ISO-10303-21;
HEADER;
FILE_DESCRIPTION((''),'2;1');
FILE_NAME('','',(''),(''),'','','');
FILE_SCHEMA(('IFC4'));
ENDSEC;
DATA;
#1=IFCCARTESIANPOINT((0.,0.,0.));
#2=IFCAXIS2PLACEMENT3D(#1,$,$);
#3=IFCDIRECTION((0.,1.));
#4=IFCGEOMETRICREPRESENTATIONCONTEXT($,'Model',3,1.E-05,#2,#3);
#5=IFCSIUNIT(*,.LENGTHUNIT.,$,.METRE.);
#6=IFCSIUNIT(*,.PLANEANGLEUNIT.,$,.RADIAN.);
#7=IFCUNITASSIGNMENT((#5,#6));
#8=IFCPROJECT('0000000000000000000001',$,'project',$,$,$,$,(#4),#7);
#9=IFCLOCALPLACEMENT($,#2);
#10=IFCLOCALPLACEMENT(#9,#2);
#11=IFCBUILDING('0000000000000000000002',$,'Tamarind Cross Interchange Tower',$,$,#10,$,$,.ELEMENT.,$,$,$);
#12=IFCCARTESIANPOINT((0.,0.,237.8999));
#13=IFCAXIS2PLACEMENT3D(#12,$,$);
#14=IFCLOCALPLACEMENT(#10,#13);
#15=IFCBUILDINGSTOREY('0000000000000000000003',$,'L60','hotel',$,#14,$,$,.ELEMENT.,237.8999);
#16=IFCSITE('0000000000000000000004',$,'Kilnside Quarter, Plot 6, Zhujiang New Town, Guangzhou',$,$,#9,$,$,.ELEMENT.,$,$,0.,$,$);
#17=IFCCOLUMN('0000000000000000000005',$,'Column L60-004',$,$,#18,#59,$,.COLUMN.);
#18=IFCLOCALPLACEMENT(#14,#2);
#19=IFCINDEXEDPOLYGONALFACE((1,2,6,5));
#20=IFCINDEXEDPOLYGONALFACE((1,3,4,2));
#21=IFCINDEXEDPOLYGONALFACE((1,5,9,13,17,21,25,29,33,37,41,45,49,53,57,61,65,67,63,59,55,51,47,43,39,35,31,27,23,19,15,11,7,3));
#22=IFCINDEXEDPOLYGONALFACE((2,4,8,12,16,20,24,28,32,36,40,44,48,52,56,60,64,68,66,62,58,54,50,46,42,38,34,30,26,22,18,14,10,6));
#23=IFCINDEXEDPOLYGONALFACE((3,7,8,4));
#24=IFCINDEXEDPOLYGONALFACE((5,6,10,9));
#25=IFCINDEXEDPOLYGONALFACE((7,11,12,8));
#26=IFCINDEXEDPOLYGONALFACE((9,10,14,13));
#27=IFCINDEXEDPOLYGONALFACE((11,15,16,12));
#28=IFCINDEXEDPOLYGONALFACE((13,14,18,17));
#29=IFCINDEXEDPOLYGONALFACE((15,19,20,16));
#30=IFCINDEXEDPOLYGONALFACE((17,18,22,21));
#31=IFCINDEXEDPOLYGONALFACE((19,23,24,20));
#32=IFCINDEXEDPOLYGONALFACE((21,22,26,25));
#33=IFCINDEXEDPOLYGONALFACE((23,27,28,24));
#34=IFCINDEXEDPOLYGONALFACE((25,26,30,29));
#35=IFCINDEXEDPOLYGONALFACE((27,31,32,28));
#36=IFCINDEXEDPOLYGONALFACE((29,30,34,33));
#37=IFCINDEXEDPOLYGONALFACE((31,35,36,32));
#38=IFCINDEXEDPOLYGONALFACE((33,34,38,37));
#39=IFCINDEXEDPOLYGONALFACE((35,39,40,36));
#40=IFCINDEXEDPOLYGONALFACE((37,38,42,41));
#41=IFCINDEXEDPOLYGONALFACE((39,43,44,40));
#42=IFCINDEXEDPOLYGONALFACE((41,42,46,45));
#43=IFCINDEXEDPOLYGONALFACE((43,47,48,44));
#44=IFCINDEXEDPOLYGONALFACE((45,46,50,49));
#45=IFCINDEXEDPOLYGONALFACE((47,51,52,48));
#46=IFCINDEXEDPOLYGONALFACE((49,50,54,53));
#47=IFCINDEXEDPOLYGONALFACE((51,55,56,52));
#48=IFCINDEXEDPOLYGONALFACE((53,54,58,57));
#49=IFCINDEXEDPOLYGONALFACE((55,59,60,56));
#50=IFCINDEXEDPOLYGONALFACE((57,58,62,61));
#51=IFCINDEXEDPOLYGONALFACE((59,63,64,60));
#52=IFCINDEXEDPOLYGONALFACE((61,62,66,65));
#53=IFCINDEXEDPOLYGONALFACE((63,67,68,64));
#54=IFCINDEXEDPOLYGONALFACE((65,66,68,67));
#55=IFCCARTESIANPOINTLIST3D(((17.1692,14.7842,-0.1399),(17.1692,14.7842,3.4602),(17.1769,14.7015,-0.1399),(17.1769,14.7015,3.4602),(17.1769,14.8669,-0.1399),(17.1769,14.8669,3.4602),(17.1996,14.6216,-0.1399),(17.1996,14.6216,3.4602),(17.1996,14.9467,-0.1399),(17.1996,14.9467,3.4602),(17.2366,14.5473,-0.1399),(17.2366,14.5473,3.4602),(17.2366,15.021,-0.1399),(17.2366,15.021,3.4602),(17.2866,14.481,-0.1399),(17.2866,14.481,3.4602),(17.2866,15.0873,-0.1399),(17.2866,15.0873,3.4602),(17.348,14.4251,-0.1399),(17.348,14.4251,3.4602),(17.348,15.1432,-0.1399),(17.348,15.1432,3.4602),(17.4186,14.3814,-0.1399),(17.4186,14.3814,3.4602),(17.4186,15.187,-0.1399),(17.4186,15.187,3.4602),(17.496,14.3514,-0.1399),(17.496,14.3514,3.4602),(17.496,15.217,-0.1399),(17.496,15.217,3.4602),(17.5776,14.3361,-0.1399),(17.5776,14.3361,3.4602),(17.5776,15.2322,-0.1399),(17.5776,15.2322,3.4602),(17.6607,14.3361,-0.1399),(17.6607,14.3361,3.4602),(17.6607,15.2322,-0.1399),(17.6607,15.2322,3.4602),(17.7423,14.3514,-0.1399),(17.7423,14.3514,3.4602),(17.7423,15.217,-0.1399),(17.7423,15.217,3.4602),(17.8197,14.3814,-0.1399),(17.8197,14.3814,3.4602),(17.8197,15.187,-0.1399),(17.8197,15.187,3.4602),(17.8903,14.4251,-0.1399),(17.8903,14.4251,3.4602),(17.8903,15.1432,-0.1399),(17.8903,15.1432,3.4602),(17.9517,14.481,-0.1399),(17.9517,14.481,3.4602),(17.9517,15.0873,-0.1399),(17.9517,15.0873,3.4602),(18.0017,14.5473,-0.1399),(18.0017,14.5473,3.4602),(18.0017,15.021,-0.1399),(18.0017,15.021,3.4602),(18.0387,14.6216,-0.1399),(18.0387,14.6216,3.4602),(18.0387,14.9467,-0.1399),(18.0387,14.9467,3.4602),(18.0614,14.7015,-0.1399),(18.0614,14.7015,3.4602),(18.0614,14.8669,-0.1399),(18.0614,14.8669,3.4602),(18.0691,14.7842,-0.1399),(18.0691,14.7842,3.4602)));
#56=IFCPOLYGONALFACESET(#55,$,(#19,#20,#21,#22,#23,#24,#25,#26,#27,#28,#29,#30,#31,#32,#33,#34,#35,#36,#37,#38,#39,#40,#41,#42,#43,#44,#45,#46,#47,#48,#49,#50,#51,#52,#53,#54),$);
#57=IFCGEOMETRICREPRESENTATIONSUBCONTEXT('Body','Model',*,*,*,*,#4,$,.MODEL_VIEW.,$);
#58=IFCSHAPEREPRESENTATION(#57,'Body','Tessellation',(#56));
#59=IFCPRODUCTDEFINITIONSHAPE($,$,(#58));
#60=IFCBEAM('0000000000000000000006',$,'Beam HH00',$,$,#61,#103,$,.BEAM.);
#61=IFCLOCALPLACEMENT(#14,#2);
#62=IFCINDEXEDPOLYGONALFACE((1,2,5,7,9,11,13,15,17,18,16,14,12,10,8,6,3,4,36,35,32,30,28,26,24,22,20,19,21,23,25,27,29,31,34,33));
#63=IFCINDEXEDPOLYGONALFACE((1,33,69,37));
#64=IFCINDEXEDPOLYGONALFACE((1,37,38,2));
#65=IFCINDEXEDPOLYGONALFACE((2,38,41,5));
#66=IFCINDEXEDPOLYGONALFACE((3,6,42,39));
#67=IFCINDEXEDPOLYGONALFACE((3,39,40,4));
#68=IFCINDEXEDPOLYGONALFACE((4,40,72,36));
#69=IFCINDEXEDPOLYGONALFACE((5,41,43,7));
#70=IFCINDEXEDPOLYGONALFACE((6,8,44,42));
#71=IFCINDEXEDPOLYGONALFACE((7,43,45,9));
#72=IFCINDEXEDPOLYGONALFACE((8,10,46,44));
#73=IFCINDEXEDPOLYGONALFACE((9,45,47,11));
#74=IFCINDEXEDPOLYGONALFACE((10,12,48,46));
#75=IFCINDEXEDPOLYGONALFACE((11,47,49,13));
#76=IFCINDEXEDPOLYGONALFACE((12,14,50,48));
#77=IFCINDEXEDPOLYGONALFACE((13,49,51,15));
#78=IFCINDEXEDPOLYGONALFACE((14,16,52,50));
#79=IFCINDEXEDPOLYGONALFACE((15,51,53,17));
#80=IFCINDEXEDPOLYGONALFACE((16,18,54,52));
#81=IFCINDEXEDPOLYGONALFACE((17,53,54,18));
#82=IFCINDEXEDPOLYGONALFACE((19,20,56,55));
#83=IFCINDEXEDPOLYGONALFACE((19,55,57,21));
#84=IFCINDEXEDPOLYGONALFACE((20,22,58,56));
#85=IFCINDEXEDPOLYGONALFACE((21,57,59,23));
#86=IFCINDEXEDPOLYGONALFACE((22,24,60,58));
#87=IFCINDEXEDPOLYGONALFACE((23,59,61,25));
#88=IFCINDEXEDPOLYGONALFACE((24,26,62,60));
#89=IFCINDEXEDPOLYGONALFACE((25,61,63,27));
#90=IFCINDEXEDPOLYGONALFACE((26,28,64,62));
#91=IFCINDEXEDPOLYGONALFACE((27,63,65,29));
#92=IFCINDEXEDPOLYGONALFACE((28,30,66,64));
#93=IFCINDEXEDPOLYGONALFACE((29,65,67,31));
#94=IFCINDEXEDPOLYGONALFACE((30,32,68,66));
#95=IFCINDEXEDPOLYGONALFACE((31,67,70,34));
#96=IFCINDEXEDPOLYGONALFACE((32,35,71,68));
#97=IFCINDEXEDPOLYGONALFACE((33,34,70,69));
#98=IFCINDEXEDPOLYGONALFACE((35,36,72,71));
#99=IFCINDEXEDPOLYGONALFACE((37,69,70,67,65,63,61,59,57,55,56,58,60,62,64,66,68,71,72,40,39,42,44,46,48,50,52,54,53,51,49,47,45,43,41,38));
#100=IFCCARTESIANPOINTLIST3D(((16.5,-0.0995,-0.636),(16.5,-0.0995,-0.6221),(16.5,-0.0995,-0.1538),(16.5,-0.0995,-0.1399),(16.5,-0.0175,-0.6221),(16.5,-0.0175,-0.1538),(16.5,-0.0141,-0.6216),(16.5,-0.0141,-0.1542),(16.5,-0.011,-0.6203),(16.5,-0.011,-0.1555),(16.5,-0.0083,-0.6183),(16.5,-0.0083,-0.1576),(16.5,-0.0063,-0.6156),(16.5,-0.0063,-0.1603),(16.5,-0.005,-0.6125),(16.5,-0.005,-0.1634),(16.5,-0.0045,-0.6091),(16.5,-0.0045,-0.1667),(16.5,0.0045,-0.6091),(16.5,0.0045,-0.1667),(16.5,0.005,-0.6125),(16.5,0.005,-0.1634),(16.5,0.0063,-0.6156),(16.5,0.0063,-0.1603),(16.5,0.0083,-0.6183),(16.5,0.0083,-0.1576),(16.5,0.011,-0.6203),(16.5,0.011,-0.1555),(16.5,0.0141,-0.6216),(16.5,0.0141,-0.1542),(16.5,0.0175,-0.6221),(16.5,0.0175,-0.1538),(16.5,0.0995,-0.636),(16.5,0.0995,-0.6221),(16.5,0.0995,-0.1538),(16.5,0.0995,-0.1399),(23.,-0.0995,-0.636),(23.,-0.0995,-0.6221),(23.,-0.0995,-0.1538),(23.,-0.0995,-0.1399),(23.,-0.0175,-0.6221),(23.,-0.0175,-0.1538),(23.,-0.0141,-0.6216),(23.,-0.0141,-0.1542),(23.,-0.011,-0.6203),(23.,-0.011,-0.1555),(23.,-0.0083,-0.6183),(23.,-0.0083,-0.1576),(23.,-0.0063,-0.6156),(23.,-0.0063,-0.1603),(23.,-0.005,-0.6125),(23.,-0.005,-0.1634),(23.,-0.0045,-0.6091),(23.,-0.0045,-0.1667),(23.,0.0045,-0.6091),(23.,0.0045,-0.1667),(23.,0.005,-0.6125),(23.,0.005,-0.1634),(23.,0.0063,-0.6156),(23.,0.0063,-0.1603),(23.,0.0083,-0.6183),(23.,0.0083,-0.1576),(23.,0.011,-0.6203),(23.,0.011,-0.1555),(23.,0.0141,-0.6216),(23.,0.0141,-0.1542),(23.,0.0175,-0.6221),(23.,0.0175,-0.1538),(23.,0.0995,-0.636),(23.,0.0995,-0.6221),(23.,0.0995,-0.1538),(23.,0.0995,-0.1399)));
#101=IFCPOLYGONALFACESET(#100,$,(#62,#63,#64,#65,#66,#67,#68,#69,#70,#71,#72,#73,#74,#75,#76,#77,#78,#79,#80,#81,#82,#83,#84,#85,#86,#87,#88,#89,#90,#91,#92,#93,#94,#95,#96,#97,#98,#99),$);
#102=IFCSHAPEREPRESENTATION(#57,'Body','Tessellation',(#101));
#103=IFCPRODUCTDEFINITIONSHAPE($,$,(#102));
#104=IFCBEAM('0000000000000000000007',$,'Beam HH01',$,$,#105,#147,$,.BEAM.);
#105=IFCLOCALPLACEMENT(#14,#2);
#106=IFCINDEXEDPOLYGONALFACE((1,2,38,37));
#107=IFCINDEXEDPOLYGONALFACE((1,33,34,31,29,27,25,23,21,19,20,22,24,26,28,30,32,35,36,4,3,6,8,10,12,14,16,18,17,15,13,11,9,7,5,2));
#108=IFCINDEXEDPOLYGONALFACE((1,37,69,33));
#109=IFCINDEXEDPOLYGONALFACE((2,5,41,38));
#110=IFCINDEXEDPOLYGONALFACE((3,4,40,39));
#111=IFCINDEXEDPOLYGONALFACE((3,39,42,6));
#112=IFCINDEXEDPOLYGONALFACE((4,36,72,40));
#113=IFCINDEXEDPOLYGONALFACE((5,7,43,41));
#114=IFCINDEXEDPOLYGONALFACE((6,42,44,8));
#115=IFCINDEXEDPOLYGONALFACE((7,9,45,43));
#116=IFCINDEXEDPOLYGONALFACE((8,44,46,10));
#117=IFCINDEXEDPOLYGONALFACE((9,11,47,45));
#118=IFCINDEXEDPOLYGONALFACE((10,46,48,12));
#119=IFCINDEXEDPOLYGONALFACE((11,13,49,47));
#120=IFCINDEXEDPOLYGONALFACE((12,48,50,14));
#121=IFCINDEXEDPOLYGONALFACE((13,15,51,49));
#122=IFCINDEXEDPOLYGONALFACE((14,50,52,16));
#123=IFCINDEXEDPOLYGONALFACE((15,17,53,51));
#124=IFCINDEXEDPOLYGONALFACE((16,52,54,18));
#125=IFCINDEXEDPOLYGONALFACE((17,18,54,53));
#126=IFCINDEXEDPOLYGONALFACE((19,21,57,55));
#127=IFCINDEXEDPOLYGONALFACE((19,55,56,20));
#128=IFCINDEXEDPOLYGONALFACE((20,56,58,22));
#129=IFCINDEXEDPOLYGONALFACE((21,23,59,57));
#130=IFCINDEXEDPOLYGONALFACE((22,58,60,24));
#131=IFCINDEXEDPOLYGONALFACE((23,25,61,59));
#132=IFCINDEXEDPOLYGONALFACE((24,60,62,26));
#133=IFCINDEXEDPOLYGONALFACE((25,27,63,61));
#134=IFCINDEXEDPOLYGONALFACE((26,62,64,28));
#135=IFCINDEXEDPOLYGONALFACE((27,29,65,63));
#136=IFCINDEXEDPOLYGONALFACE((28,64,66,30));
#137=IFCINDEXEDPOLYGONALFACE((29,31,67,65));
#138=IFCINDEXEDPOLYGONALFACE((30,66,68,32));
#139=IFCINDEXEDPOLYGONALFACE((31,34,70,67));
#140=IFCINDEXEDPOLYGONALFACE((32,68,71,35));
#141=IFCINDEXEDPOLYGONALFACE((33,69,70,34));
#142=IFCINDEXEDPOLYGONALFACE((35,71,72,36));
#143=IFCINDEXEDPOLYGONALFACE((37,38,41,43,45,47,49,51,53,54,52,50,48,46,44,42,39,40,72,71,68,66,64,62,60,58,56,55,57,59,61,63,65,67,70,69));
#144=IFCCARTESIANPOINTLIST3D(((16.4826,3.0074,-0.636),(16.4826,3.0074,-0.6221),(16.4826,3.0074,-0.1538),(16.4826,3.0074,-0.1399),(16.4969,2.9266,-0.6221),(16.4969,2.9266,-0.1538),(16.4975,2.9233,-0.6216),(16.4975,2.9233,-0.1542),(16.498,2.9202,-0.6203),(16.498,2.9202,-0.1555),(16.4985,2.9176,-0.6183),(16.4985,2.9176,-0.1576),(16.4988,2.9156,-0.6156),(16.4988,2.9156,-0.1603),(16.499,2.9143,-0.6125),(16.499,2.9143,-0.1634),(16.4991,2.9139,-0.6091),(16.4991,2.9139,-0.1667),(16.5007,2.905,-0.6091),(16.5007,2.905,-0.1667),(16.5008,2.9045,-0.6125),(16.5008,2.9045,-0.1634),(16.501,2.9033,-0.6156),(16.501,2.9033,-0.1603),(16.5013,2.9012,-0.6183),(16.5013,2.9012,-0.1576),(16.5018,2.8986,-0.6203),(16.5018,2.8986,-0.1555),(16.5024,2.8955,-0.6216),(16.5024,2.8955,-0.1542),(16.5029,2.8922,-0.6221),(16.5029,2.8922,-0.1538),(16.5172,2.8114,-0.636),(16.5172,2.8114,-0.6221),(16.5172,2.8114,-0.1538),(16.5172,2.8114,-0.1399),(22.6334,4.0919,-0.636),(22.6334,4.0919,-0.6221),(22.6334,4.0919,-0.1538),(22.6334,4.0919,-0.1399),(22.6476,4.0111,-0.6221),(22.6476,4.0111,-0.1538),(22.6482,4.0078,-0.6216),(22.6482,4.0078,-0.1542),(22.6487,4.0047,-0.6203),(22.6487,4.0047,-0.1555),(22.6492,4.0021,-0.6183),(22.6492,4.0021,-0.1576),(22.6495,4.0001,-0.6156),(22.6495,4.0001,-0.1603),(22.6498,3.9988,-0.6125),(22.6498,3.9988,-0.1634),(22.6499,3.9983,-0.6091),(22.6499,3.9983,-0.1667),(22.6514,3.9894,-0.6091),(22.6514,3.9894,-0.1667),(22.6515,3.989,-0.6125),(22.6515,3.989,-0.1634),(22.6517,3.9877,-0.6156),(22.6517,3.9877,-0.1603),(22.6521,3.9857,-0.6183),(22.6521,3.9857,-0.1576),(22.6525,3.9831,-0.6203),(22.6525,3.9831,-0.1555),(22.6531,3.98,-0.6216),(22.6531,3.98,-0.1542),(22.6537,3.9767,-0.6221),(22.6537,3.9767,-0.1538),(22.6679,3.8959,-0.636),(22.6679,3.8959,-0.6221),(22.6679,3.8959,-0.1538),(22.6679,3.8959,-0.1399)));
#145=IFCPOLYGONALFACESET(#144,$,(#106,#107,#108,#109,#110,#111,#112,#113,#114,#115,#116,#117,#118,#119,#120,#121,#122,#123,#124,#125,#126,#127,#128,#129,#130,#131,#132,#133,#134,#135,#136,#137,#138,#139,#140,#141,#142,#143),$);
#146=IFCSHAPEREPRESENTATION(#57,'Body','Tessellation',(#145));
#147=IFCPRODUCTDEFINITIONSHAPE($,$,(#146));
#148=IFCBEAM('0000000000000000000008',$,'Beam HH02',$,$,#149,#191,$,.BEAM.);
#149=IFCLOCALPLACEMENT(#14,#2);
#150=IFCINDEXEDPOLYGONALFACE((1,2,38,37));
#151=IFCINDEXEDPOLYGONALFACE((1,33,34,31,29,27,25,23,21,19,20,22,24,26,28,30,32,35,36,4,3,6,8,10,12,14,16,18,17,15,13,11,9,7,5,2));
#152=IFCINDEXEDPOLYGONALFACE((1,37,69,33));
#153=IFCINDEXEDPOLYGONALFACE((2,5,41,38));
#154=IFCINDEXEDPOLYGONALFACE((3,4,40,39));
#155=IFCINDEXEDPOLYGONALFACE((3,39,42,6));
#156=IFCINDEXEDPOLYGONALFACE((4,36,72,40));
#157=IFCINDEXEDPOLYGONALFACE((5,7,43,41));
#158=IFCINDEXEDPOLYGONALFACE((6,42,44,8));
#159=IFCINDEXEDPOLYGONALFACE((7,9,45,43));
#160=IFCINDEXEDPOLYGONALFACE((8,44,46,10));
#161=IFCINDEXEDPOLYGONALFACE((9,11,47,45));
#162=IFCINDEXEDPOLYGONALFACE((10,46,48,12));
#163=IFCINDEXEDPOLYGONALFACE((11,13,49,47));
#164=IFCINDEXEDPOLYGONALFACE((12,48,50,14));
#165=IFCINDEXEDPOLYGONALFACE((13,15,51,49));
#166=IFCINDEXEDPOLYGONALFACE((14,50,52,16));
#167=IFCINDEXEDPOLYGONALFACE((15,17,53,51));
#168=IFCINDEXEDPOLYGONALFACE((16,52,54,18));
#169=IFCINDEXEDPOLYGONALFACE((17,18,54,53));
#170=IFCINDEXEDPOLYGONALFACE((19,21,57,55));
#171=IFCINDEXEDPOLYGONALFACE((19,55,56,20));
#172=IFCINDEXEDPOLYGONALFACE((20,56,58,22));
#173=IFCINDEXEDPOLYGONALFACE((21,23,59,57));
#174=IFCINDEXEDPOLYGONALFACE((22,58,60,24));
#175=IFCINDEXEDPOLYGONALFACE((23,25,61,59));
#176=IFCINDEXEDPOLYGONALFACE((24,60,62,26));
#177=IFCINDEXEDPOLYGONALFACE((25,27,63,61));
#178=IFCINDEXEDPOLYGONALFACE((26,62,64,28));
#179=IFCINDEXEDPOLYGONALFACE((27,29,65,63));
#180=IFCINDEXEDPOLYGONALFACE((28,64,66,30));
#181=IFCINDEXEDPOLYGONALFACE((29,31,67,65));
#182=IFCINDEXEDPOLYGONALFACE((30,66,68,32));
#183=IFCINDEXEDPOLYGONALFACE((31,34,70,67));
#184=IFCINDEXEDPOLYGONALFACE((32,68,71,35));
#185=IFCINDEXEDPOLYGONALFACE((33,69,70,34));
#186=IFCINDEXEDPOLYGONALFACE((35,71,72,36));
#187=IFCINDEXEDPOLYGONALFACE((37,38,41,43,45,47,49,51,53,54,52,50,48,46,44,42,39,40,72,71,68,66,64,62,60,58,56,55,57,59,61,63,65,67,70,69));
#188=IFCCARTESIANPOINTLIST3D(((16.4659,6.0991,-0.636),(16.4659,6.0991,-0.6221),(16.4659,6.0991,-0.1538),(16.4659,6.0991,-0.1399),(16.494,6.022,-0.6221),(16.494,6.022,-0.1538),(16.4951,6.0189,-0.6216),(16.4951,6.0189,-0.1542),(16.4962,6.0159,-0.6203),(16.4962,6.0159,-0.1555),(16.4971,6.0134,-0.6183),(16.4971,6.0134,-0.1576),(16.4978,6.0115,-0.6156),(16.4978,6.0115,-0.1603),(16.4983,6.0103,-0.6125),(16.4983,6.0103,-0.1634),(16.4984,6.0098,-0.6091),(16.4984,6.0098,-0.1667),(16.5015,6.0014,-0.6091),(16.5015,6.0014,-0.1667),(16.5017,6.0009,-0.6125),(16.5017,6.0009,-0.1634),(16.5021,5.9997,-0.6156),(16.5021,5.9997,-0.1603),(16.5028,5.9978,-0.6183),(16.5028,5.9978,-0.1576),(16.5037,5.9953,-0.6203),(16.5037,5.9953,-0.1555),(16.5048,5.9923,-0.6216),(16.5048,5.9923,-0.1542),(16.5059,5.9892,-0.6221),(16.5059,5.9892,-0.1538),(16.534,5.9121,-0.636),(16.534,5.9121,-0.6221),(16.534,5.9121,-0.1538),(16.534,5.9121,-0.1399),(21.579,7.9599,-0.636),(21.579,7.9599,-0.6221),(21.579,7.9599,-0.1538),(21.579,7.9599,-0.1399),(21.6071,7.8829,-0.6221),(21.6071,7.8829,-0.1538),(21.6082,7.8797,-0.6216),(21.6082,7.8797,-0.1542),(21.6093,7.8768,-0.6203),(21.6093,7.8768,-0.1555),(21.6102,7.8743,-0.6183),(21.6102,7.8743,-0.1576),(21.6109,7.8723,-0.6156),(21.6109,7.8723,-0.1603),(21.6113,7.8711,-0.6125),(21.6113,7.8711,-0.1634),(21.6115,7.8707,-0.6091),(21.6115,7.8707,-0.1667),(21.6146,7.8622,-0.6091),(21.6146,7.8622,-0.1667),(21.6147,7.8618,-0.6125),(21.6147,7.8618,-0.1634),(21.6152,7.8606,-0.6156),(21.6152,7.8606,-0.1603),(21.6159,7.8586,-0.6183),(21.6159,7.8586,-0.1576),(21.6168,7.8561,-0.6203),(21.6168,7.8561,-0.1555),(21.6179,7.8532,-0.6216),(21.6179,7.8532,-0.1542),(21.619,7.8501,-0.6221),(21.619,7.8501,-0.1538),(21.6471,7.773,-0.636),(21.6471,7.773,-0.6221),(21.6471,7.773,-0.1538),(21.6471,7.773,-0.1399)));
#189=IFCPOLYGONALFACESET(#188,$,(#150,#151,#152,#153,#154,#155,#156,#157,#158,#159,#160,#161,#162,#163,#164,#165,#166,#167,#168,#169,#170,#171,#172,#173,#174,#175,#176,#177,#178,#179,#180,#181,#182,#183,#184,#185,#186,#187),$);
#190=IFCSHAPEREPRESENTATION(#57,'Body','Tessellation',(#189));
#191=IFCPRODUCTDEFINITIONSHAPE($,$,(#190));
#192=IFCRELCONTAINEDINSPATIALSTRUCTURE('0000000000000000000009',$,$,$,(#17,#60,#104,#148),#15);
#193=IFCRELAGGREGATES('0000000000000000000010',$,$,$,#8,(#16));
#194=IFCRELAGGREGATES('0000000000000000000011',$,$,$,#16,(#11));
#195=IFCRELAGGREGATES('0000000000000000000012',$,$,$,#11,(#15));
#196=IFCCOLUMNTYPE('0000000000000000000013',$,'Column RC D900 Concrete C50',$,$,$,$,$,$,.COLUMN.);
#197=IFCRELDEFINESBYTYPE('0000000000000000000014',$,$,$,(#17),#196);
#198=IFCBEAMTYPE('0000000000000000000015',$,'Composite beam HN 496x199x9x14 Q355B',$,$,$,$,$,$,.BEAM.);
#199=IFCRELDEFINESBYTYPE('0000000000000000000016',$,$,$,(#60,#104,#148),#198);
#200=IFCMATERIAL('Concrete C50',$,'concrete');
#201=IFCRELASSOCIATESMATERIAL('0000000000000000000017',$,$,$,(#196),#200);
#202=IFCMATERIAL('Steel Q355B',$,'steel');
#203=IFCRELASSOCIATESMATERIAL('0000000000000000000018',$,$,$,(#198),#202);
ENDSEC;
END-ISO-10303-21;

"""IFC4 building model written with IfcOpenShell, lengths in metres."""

from ifc_helpers import new_model, si_unit, direction, frame, origin, origin_2d, place, context, subcontext, project, spatial, circle, i_section, extrude, material, material_profile, profile_set, type_object, element, save


model = new_model("IFC4")

# Units and contexts
model_context = context("Model", 3, precision=1e-05, world=origin(), true_north=direction((0.0, 1.0)))
body_context = subcontext(model_context, "Body", "Model", "MODEL_VIEW")
ifc_project = project(units=[si_unit("LENGTHUNIT", "METRE"), si_unit("PLANEANGLEUNIT", "RADIAN")], contexts=[model_context])

# Site, building, storey
site_placement = place(None, origin())
site = spatial("IfcSite", under=ifc_project, at=site_placement, Name="Kilnside Quarter, Plot 6, Zhujiang New Town, Guangzhou", CompositionType="ELEMENT", RefElevation=0.0)
building_placement = place(site_placement, origin())
building = spatial("IfcBuilding", under=site, at=building_placement, Name="Tamarind Cross Interchange Tower", CompositionType="ELEMENT")
storey_placement = place(building_placement, frame((0.0, 0.0, 237.8999)))
storey = spatial("IfcBuildingStorey", under=building, at=storey_placement, Name="L60", Description="hotel", CompositionType="ELEMENT", Elevation=237.8999)

# Column
ifc_material_1 = material(Name="Concrete C50", Category="concrete")
ifc_material_profile_1 = material_profile(ifc_material_1, circle(Radius=0.45, at=origin_2d()), Name="RC D900")
ifc_profile_set_1 = profile_set([ifc_material_profile_1], Name="Concrete C50")
column_type = type_object("IfcColumnType", Name="Column RC D900 Concrete C50", PredefinedType="COLUMN", material=ifc_profile_set_1)
for number, where, z_axis, x_axis, name in (
    (1, (17.6191, 14.7842, -0.1399), (0.0, 0.0, 1.0), (1.0, 0.0, 0.0), "Column L60-004"),
):
    element("IfcColumn", number, at=place(storey_placement, frame(where, z_axis=z_axis, x_axis=x_axis)), inside=storey, type_object=column_type, Name=name, PredefinedType="COLUMN", context=body_context, shape_type="SweptSolid", body=[
        extrude(circle(Radius=0.45, at=origin_2d()), origin(), (0.0, 0.0, 1.0), 3.6001),
    ])

# Beams
ifc_material_2 = material(Name="Steel Q355B", Category="steel")
ifc_material_profile_2 = material_profile(ifc_material_2, i_section(OverallWidth=0.199, OverallDepth=0.4961, WebThickness=0.009, FlangeThickness=0.0139, FilletRadius=0.0129, at=origin_2d()), Name="HN 496x199x9x14")
ifc_profile_set_2 = profile_set([ifc_material_profile_2], Name="Steel Q355B")
beam_type = type_object("IfcBeamType", Name="Composite beam HN 496x199x9x14 Q355B", PredefinedType="BEAM", material=ifc_profile_set_2)
beam_1_placement = place(storey_placement, frame((23.0, 0.0, -0.3879), z_axis=(-1.0, 0.0, 0.0), x_axis=(0.0, -1.0, 0.0)))
element("IfcBeam", 2, at=beam_1_placement, inside=storey, type_object=beam_type, Name="Beam HH00", PredefinedType="BEAM", context=body_context, shape_type="SweptSolid", body=[
    extrude(i_section(OverallWidth=0.199, OverallDepth=0.4961, WebThickness=0.009, FlangeThickness=0.0139, FilletRadius=0.0129, at=origin_2d()), origin(), (0.0, 0.0, 1.0), 6.5),
])
beam_2_placement = place(storey_placement, frame((22.6506, 3.9939, -0.3879), z_axis=(-0.984809, -0.17364, 0.0), x_axis=(0.17364, -0.984809, 0.0)))
element("IfcBeam", 3, at=beam_2_placement, inside=storey, type_object=beam_type, Name="Beam HH01", PredefinedType="BEAM", context=body_context, shape_type="SweptSolid", body=[
    extrude(i_section(OverallWidth=0.199, OverallDepth=0.4961, WebThickness=0.009, FlangeThickness=0.0139, FilletRadius=0.0129, at=origin_2d()), origin(), (0.0, 0.0, 1.0), 6.2456),
])
beam_3_placement = place(storey_placement, frame((21.613, 7.8665, -0.3879), z_axis=(-0.939702, -0.341995, 0.0), x_axis=(0.341995, -0.939702, 0.0)))
element("IfcBeam", 4, at=beam_3_placement, inside=storey, type_object=beam_type, Name="Beam HH02", PredefinedType="BEAM", context=body_context, shape_type="SweptSolid", body=[
    extrude(i_section(OverallWidth=0.199, OverallDepth=0.4961, WebThickness=0.009, FlangeThickness=0.0139, FilletRadius=0.0129, at=origin_2d()), origin(), (0.0, 0.0, 1.0), 5.4412),
])

save(model, "model.ifc")
